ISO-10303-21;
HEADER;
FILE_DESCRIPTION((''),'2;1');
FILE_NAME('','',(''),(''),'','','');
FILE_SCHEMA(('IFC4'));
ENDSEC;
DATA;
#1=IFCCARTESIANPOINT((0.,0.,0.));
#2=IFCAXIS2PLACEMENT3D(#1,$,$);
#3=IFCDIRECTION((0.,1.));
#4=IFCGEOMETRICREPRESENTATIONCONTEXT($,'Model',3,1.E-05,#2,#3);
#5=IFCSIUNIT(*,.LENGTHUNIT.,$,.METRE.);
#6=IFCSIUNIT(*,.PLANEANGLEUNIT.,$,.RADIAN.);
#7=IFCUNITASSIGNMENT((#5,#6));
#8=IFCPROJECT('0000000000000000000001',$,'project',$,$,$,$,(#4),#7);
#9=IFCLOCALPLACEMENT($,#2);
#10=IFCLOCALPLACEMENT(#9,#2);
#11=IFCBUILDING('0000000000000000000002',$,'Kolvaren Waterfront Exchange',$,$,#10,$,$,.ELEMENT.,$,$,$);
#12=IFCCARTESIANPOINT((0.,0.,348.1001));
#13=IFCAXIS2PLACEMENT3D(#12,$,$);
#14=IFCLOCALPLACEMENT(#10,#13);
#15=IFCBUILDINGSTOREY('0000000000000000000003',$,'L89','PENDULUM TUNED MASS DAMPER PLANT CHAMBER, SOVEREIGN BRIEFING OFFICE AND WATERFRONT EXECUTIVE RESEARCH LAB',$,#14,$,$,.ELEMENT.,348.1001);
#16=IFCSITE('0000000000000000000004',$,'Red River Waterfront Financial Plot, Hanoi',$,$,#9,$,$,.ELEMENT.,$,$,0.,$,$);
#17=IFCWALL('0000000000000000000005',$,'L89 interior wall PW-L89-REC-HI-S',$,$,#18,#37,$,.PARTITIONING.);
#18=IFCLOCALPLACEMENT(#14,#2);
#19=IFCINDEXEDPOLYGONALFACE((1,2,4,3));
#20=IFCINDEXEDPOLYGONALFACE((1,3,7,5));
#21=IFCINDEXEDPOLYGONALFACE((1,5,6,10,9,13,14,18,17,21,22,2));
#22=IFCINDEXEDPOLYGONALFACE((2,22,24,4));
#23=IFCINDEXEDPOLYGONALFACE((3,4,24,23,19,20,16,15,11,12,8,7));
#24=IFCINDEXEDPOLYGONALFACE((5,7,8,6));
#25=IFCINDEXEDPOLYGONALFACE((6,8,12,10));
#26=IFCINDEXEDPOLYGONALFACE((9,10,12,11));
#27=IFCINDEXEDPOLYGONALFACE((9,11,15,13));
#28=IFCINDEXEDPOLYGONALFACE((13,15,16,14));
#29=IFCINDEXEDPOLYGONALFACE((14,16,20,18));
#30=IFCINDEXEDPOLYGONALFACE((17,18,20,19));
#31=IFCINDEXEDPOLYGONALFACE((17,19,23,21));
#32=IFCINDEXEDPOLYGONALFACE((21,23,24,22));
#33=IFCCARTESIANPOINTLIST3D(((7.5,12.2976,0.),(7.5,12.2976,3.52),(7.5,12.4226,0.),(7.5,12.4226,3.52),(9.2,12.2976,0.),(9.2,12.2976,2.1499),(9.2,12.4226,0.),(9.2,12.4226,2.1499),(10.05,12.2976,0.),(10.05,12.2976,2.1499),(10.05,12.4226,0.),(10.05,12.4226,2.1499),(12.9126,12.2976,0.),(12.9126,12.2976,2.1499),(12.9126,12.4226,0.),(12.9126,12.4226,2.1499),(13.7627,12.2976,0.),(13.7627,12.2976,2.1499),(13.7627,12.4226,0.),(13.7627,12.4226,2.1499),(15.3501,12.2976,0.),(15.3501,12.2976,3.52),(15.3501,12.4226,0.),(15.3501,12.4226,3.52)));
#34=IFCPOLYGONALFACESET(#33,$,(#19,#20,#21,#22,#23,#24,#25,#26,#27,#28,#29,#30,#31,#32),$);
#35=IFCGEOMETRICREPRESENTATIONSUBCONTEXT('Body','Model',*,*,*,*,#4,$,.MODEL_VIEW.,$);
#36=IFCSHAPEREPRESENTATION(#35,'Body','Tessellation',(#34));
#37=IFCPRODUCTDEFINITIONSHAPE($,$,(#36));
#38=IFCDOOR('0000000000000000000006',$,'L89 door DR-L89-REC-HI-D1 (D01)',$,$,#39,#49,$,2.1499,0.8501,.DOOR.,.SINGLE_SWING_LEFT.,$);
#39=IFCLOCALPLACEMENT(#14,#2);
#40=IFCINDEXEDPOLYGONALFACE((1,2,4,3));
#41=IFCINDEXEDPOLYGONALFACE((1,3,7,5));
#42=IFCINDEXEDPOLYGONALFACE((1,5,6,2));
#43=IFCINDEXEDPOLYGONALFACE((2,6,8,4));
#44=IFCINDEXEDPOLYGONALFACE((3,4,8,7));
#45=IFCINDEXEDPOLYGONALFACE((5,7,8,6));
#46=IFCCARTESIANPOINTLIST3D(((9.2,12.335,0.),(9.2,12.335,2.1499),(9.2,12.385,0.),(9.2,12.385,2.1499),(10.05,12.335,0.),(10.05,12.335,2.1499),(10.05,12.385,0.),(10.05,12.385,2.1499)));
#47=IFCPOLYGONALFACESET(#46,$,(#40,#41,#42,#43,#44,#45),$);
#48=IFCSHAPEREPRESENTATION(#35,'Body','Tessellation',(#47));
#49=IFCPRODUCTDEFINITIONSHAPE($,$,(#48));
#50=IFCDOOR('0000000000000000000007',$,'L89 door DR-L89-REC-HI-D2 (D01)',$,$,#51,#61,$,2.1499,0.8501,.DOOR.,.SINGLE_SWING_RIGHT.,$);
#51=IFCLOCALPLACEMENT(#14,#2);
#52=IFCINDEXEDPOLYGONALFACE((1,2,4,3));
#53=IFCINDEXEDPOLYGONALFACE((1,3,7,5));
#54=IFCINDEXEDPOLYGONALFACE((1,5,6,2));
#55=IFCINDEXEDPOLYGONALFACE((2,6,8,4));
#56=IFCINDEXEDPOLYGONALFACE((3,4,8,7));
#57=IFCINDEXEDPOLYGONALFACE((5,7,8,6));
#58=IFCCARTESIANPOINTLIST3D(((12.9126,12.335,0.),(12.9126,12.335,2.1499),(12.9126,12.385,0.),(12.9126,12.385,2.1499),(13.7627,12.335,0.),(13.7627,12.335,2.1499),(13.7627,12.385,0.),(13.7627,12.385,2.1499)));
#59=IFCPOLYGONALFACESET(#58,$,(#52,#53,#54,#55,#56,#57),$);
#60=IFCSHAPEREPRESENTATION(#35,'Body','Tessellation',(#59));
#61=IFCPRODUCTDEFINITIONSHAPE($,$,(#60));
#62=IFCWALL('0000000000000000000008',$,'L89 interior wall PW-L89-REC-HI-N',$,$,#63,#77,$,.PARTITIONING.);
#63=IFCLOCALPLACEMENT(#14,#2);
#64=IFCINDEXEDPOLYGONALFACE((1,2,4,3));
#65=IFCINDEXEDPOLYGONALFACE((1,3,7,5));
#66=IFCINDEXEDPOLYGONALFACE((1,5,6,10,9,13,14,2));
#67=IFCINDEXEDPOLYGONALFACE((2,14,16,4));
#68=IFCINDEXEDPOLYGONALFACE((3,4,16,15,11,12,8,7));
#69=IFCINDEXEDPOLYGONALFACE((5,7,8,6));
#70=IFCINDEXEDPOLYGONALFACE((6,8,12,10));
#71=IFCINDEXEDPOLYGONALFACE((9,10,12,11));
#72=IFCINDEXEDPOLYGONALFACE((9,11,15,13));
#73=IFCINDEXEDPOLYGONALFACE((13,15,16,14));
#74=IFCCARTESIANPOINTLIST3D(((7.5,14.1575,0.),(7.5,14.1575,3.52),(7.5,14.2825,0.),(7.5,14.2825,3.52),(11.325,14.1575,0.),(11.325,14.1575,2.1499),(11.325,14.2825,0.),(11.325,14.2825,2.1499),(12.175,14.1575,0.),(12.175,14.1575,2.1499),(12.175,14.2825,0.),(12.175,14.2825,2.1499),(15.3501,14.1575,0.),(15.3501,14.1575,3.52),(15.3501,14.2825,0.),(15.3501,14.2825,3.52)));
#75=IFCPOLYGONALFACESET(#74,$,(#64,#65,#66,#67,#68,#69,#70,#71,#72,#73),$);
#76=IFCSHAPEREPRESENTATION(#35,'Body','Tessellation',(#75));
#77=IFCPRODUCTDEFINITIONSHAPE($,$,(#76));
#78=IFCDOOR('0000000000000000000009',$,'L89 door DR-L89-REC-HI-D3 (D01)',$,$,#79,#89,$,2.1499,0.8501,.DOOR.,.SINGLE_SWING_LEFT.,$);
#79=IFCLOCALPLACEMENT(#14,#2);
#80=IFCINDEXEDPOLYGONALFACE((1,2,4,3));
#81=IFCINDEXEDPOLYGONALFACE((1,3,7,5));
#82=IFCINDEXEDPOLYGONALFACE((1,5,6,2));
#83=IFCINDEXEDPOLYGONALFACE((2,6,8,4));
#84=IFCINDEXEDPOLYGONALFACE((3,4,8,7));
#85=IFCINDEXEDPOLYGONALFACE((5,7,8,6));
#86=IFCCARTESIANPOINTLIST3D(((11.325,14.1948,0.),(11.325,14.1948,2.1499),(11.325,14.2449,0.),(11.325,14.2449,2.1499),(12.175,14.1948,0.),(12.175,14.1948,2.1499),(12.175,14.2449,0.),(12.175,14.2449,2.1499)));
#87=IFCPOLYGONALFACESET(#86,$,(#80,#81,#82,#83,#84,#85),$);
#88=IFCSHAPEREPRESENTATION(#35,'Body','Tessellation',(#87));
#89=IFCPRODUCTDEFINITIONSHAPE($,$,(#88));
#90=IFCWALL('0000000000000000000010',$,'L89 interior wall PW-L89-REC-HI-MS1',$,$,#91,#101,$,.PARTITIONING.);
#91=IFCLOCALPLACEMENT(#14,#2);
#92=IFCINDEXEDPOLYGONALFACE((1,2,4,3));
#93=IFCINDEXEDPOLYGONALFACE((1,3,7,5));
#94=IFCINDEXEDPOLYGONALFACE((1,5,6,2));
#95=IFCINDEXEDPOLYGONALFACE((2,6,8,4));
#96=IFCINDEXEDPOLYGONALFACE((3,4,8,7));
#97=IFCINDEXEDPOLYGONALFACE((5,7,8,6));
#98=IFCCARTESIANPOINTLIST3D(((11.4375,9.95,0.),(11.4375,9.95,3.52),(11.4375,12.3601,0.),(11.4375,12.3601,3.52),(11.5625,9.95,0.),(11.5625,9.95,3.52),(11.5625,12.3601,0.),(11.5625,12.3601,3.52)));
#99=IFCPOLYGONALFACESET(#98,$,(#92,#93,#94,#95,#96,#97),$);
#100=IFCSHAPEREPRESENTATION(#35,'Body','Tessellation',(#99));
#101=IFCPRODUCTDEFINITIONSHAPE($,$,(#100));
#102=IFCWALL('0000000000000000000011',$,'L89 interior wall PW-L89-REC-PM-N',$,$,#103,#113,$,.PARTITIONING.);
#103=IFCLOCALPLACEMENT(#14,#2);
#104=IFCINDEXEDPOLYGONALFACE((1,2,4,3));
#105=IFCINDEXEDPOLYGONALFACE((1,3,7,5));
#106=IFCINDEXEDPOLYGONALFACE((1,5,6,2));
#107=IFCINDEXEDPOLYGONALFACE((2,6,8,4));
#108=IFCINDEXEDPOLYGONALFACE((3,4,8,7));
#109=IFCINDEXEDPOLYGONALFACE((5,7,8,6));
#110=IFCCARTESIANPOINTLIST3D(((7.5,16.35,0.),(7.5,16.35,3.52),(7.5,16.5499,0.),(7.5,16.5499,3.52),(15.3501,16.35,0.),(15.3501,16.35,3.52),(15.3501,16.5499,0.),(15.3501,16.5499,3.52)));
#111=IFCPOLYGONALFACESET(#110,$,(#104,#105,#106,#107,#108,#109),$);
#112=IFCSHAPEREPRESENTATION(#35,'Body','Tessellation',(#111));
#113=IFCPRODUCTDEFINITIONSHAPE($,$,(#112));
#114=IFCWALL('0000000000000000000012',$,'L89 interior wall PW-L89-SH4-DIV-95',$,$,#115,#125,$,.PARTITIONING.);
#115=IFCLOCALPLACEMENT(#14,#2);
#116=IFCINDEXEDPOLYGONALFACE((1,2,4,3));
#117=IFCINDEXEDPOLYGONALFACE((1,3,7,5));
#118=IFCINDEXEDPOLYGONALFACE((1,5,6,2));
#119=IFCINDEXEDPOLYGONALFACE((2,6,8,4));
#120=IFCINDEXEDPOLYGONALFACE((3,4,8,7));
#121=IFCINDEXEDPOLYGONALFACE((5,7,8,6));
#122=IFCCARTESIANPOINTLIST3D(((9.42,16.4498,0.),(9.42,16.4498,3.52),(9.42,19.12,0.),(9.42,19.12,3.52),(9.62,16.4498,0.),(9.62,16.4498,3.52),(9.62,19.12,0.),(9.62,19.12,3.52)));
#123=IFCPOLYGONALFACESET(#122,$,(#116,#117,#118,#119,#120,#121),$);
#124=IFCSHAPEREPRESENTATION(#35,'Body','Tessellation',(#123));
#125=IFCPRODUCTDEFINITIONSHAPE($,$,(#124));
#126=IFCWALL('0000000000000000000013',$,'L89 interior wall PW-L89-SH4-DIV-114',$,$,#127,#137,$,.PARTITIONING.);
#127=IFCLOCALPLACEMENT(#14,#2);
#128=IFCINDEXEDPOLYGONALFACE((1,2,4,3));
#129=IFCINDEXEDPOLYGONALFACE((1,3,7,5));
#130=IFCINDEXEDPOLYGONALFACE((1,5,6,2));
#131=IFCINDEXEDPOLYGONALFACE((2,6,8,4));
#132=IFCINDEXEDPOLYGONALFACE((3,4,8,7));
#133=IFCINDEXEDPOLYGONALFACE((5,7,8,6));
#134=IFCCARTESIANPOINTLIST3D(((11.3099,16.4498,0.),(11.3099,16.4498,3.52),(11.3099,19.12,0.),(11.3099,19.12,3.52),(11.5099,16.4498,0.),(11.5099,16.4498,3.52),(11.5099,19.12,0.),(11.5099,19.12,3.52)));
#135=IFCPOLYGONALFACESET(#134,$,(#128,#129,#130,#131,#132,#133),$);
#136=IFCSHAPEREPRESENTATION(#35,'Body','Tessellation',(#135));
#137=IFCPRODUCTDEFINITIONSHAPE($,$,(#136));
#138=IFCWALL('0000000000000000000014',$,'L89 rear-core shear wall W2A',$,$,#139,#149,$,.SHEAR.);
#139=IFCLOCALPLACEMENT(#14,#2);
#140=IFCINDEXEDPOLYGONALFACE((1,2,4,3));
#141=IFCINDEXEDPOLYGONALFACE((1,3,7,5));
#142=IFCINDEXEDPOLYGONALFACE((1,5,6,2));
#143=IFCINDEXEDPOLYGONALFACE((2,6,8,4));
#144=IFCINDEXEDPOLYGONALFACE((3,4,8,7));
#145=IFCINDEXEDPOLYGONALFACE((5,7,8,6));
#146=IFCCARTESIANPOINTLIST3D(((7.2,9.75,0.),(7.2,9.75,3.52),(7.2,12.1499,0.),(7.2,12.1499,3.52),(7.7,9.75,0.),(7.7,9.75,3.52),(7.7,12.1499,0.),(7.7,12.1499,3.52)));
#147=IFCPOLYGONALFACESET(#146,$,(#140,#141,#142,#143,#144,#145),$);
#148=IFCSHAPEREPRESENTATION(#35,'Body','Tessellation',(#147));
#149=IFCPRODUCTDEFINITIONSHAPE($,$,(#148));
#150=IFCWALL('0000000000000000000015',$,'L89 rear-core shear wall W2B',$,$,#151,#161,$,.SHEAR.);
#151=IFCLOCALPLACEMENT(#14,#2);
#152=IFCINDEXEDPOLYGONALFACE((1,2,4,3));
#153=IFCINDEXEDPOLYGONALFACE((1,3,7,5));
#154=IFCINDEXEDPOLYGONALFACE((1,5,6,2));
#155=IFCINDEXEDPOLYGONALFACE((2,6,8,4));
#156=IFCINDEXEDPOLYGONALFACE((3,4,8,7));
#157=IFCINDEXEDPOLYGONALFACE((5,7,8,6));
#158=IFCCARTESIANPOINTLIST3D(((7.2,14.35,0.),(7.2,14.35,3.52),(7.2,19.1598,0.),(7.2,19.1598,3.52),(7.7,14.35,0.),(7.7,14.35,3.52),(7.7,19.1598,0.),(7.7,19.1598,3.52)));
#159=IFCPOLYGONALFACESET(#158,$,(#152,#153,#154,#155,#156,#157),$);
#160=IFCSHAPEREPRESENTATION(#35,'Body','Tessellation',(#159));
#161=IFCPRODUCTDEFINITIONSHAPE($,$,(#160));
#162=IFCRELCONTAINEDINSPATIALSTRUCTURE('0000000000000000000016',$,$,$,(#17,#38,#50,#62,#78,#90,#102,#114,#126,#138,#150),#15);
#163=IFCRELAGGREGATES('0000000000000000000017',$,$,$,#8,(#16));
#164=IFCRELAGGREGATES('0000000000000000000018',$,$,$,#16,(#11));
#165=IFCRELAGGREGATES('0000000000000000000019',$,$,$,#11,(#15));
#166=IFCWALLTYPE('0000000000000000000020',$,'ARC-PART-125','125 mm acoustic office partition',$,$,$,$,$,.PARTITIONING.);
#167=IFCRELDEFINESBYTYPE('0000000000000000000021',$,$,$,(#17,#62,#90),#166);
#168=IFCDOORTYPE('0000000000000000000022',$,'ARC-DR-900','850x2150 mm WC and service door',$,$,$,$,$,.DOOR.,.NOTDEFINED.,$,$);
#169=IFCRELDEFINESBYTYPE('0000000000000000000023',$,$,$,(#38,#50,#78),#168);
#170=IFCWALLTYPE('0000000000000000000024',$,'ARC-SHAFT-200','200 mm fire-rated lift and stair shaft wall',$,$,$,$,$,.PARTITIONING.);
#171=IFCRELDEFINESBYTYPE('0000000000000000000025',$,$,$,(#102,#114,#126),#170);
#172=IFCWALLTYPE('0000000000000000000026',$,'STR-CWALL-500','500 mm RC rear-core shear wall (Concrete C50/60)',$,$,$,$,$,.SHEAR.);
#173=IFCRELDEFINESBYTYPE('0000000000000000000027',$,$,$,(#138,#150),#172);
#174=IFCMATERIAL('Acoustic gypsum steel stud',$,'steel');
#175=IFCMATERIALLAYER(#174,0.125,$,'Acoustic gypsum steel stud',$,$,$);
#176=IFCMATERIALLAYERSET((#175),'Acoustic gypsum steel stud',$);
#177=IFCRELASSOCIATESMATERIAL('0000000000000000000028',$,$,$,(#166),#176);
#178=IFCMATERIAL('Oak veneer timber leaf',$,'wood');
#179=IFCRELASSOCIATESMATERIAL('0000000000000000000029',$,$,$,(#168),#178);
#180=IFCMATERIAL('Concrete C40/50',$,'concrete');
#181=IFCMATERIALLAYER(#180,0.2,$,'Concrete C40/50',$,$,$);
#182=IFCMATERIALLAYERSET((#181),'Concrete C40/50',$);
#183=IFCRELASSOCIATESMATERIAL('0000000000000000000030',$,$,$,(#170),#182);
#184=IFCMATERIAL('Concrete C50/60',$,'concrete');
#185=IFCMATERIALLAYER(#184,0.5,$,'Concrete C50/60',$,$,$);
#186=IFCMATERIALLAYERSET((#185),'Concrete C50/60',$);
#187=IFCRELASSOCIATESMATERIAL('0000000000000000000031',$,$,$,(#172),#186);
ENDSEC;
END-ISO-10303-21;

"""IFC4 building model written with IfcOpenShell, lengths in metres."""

from ifc_helpers import new_model, si_unit, direction, frame, frame_2d, origin, place, context, subcontext, project, spatial, rectangle, extrude, material, layer, layer_set, type_object, element, fill, save


model = new_model("IFC4")

# Units and contexts
model_context = context("Model", 3, precision=1e-05, world=origin(), true_north=direction((0.0, 1.0)))
body_context = subcontext(model_context, "Body", "Model", "MODEL_VIEW")
ifc_project = project(units=[si_unit("LENGTHUNIT", "METRE"), si_unit("PLANEANGLEUNIT", "RADIAN")], contexts=[model_context])

# Site, building, storey
site_placement = place(None, origin())
site = spatial("IfcSite", under=ifc_project, at=site_placement, Name="Red River Waterfront Financial Plot, Hanoi", CompositionType="ELEMENT", RefElevation=0.0)
building_placement = place(site_placement, origin())
building = spatial("IfcBuilding", under=site, at=building_placement, Name="Kolvaren Waterfront Exchange", CompositionType="ELEMENT")
storey_placement = place(building_placement, frame((0.0, 0.0, 348.1001)))
storey = spatial("IfcBuildingStorey", under=building, at=storey_placement, Name="L89", Description="PENDULUM TUNED MASS DAMPER PLANT CHAMBER, SOVEREIGN BRIEFING OFFICE AND WATERFRONT EXECUTIVE RESEARCH LAB", CompositionType="ELEMENT", Elevation=348.1001)

# Wall, openings, doors
ifc_material_1 = material(Name="Acoustic gypsum steel stud", Category="steel")
ifc_layer_1 = layer(ifc_material_1, 0.125, Name="Acoustic gypsum steel stud")
ifc_layer_set_1 = layer_set([ifc_layer_1], Name="Acoustic gypsum steel stud")
wall_type_1 = type_object("IfcWallType", Name="ARC-PART-125", Description="125 mm acoustic office partition", PredefinedType="PARTITIONING", material=ifc_layer_set_1)
wall_1_placement = place(storey_placement, frame((7.5, 12.3601, 0.0), z_axis=(0.0, 0.0, 1.0), x_axis=(1.0, 0.0, 0.0)))
wall_1 = element("IfcWall", 1, at=wall_1_placement, inside=storey, type_object=wall_type_1, Name="L89 interior wall PW-L89-REC-HI-S", PredefinedType="PARTITIONING", context=body_context, shape_type="SweptSolid", body=[
    extrude(rectangle(XDim=7.8501, YDim=0.125, at=frame_2d((3.925, 0.0))), origin(), (0.0, 0.0, 1.0), 3.52),
])
opening_1_placement = place(wall_1_placement, frame((1.7, 0.0, 0.0)))
opening_1 = element("IfcOpeningElement", 2, at=opening_1_placement, cuts=wall_1, PredefinedType="OPENING", context=body_context, shape_type="SweptSolid", body=[
    extrude(rectangle(XDim=0.8501, YDim=2.1499, at=frame_2d((0.425, 1.075))), frame((0.0, 0.0725, 0.0), z_axis=(0.0, -1.0, 0.0), x_axis=(1.0, 0.0, 0.0)), (0.0, 0.0, 1.0), 0.145),
])
opening_2_placement = place(wall_1_placement, frame((5.4126, 0.0, 0.0)))
opening_2 = element("IfcOpeningElement", 3, at=opening_2_placement, cuts=wall_1, PredefinedType="OPENING", context=body_context, shape_type="SweptSolid", body=[
    extrude(rectangle(XDim=0.8501, YDim=2.1499, at=frame_2d((0.425, 1.075))), frame((0.0, 0.0725, 0.0), z_axis=(0.0, -1.0, 0.0), x_axis=(1.0, 0.0, 0.0)), (0.0, 0.0, 1.0), 0.145),
])
ifc_material_2 = material(Name="Oak veneer timber leaf", Category="wood")
door_type_1 = type_object("IfcDoorType", Name="ARC-DR-900", Description="850x2150 mm WC and service door", OperationType="NOTDEFINED", PredefinedType="DOOR", material=ifc_material_2)
door_1_placement = place(opening_1_placement, origin())
door_1 = element("IfcDoor", 4, at=door_1_placement, inside=storey, type_object=door_type_1, Name="L89 door DR-L89-REC-HI-D1 (D01)", OperationType="SINGLE_SWING_LEFT", OverallHeight=2.1499, OverallWidth=0.8501, PredefinedType="DOOR", context=body_context, shape_type="SweptSolid", body=[
    extrude(rectangle(XDim=0.8501, YDim=2.1499, at=frame_2d((0.425, 1.075))), frame((0.0, 0.0249, 0.0), z_axis=(0.0, -1.0, 0.0), x_axis=(1.0, 0.0, 0.0)), (0.0, 0.0, 1.0), 0.05),
])
fill(opening_1, door_1)
door_2_placement = place(opening_2_placement, origin())
door_2 = element("IfcDoor", 5, at=door_2_placement, inside=storey, type_object=door_type_1, Name="L89 door DR-L89-REC-HI-D2 (D01)", OperationType="SINGLE_SWING_RIGHT", OverallHeight=2.1499, OverallWidth=0.8501, PredefinedType="DOOR", context=body_context, shape_type="SweptSolid", body=[
    extrude(rectangle(XDim=0.8501, YDim=2.1499, at=frame_2d((0.425, 1.075))), frame((0.0, 0.0249, 0.0), z_axis=(0.0, -1.0, 0.0), x_axis=(1.0, 0.0, 0.0)), (0.0, 0.0, 1.0), 0.05),
])
fill(opening_2, door_2)

# Wall, opening, door
wall_2_placement = place(storey_placement, frame((7.5, 14.22, 0.0), z_axis=(0.0, 0.0, 1.0), x_axis=(1.0, 0.0, 0.0)))
wall_2 = element("IfcWall", 6, at=wall_2_placement, inside=storey, type_object=wall_type_1, Name="L89 interior wall PW-L89-REC-HI-N", PredefinedType="PARTITIONING", context=body_context, shape_type="SweptSolid", body=[
    extrude(rectangle(XDim=7.8501, YDim=0.125, at=frame_2d((3.925, 0.0))), origin(), (0.0, 0.0, 1.0), 3.52),
])
opening_3_placement = place(wall_2_placement, frame((3.825, 0.0, 0.0)))
opening_3 = element("IfcOpeningElement", 7, at=opening_3_placement, cuts=wall_2, PredefinedType="OPENING", context=body_context, shape_type="SweptSolid", body=[
    extrude(rectangle(XDim=0.8501, YDim=2.1499, at=frame_2d((0.425, 1.075))), frame((0.0, 0.0725, 0.0), z_axis=(0.0, -1.0, 0.0), x_axis=(1.0, 0.0, 0.0)), (0.0, 0.0, 1.0), 0.145),
])
door_3_placement = place(opening_3_placement, origin())
door_3 = element("IfcDoor", 8, at=door_3_placement, inside=storey, type_object=door_type_1, Name="L89 door DR-L89-REC-HI-D3 (D01)", OperationType="SINGLE_SWING_LEFT", OverallHeight=2.1499, OverallWidth=0.8501, PredefinedType="DOOR", context=body_context, shape_type="SweptSolid", body=[
    extrude(rectangle(XDim=0.8501, YDim=2.1499, at=frame_2d((0.425, 1.075))), frame((0.0, 0.0249, 0.0), z_axis=(0.0, -1.0, 0.0), x_axis=(1.0, 0.0, 0.0)), (0.0, 0.0, 1.0), 0.05),
])
fill(opening_3, door_3)

# Walls
wall_3_placement = place(storey_placement, frame((11.5, 9.95, 0.0), z_axis=(0.0, 0.0, 1.0), x_axis=(0.0, 1.0, 0.0)))
element("IfcWall", 9, at=wall_3_placement, inside=storey, type_object=wall_type_1, Name="L89 interior wall PW-L89-REC-HI-MS1", PredefinedType="PARTITIONING", context=body_context, shape_type="SweptSolid", body=[
    extrude(rectangle(XDim=2.4102, YDim=0.125, at=frame_2d((1.2051, 0.0))), origin(), (0.0, 0.0, 1.0), 3.52),
])
ifc_material_3 = material(Name="Concrete C40/50", Category="concrete")
ifc_layer_2 = layer(ifc_material_3, 0.2, Name="Concrete C40/50")
ifc_layer_set_2 = layer_set([ifc_layer_2], Name="Concrete C40/50")
wall_type_2 = type_object("IfcWallType", Name="ARC-SHAFT-200", Description="200 mm fire-rated lift and stair shaft wall", PredefinedType="PARTITIONING", material=ifc_layer_set_2)
wall_4_placement = place(storey_placement, frame((7.5, 16.45, 0.0), z_axis=(0.0, 0.0, 1.0), x_axis=(1.0, 0.0, 0.0)))
element("IfcWall", 10, at=wall_4_placement, inside=storey, type_object=wall_type_2, Name="L89 interior wall PW-L89-REC-PM-N", PredefinedType="PARTITIONING", context=body_context, shape_type="SweptSolid", body=[
    extrude(rectangle(XDim=7.8501, YDim=0.2, at=frame_2d((3.925, 0.0))), origin(), (0.0, 0.0, 1.0), 3.52),
])
for number, where, z_axis, x_axis, name in (
    (11, (9.52, 16.45, 0.0), (0.0, 0.0, 1.0), (0.0, 1.0, 0.0), "L89 interior wall PW-L89-SH4-DIV-95"),
    (12, (11.4099, 16.45, 0.0), (0.0, 0.0, 1.0), (0.0, 1.0, 0.0), "L89 interior wall PW-L89-SH4-DIV-114"),
):
    element("IfcWall", number, at=place(storey_placement, frame(where, z_axis=z_axis, x_axis=x_axis)), inside=storey, type_object=wall_type_2, Name=name, PredefinedType="PARTITIONING", context=body_context, shape_type="SweptSolid", body=[
        extrude(rectangle(XDim=2.6702, YDim=0.2, at=frame_2d((1.335, 0.0))), origin(), (0.0, 0.0, 1.0), 3.52),
    ])
ifc_material_4 = material(Name="Concrete C50/60", Category="concrete")
ifc_layer_3 = layer(ifc_material_4, 0.5, Name="Concrete C50/60")
ifc_layer_set_3 = layer_set([ifc_layer_3], Name="Concrete C50/60")
wall_type_3 = type_object("IfcWallType", Name="STR-CWALL-500", Description="500 mm RC rear-core shear wall (Concrete C50/60)", PredefinedType="SHEAR", material=ifc_layer_set_3)
wall_5_placement = place(storey_placement, frame((7.45, 9.75, 0.0), z_axis=(0.0, 0.0, 1.0), x_axis=(0.0, 1.0, 0.0)))
element("IfcWall", 13, at=wall_5_placement, inside=storey, type_object=wall_type_3, Name="L89 rear-core shear wall W2A", PredefinedType="SHEAR", context=body_context, shape_type="SweptSolid", body=[
    extrude(rectangle(XDim=2.3999, YDim=0.5, at=frame_2d((1.2, 0.0))), origin(), (0.0, 0.0, 1.0), 3.52),
])
wall_6_placement = place(storey_placement, frame((7.45, 14.3501, 0.0), z_axis=(0.0, 0.0, 1.0), x_axis=(0.0, 1.0, 0.0)))
element("IfcWall", 14, at=wall_6_placement, inside=storey, type_object=wall_type_3, Name="L89 rear-core shear wall W2B", PredefinedType="SHEAR", context=body_context, shape_type="SweptSolid", body=[
    extrude(rectangle(XDim=4.8098, YDim=0.5, at=frame_2d((2.4048, 0.0))), origin(), (0.0, 0.0, 1.0), 3.52),
])

save(model, "model.ifc")
